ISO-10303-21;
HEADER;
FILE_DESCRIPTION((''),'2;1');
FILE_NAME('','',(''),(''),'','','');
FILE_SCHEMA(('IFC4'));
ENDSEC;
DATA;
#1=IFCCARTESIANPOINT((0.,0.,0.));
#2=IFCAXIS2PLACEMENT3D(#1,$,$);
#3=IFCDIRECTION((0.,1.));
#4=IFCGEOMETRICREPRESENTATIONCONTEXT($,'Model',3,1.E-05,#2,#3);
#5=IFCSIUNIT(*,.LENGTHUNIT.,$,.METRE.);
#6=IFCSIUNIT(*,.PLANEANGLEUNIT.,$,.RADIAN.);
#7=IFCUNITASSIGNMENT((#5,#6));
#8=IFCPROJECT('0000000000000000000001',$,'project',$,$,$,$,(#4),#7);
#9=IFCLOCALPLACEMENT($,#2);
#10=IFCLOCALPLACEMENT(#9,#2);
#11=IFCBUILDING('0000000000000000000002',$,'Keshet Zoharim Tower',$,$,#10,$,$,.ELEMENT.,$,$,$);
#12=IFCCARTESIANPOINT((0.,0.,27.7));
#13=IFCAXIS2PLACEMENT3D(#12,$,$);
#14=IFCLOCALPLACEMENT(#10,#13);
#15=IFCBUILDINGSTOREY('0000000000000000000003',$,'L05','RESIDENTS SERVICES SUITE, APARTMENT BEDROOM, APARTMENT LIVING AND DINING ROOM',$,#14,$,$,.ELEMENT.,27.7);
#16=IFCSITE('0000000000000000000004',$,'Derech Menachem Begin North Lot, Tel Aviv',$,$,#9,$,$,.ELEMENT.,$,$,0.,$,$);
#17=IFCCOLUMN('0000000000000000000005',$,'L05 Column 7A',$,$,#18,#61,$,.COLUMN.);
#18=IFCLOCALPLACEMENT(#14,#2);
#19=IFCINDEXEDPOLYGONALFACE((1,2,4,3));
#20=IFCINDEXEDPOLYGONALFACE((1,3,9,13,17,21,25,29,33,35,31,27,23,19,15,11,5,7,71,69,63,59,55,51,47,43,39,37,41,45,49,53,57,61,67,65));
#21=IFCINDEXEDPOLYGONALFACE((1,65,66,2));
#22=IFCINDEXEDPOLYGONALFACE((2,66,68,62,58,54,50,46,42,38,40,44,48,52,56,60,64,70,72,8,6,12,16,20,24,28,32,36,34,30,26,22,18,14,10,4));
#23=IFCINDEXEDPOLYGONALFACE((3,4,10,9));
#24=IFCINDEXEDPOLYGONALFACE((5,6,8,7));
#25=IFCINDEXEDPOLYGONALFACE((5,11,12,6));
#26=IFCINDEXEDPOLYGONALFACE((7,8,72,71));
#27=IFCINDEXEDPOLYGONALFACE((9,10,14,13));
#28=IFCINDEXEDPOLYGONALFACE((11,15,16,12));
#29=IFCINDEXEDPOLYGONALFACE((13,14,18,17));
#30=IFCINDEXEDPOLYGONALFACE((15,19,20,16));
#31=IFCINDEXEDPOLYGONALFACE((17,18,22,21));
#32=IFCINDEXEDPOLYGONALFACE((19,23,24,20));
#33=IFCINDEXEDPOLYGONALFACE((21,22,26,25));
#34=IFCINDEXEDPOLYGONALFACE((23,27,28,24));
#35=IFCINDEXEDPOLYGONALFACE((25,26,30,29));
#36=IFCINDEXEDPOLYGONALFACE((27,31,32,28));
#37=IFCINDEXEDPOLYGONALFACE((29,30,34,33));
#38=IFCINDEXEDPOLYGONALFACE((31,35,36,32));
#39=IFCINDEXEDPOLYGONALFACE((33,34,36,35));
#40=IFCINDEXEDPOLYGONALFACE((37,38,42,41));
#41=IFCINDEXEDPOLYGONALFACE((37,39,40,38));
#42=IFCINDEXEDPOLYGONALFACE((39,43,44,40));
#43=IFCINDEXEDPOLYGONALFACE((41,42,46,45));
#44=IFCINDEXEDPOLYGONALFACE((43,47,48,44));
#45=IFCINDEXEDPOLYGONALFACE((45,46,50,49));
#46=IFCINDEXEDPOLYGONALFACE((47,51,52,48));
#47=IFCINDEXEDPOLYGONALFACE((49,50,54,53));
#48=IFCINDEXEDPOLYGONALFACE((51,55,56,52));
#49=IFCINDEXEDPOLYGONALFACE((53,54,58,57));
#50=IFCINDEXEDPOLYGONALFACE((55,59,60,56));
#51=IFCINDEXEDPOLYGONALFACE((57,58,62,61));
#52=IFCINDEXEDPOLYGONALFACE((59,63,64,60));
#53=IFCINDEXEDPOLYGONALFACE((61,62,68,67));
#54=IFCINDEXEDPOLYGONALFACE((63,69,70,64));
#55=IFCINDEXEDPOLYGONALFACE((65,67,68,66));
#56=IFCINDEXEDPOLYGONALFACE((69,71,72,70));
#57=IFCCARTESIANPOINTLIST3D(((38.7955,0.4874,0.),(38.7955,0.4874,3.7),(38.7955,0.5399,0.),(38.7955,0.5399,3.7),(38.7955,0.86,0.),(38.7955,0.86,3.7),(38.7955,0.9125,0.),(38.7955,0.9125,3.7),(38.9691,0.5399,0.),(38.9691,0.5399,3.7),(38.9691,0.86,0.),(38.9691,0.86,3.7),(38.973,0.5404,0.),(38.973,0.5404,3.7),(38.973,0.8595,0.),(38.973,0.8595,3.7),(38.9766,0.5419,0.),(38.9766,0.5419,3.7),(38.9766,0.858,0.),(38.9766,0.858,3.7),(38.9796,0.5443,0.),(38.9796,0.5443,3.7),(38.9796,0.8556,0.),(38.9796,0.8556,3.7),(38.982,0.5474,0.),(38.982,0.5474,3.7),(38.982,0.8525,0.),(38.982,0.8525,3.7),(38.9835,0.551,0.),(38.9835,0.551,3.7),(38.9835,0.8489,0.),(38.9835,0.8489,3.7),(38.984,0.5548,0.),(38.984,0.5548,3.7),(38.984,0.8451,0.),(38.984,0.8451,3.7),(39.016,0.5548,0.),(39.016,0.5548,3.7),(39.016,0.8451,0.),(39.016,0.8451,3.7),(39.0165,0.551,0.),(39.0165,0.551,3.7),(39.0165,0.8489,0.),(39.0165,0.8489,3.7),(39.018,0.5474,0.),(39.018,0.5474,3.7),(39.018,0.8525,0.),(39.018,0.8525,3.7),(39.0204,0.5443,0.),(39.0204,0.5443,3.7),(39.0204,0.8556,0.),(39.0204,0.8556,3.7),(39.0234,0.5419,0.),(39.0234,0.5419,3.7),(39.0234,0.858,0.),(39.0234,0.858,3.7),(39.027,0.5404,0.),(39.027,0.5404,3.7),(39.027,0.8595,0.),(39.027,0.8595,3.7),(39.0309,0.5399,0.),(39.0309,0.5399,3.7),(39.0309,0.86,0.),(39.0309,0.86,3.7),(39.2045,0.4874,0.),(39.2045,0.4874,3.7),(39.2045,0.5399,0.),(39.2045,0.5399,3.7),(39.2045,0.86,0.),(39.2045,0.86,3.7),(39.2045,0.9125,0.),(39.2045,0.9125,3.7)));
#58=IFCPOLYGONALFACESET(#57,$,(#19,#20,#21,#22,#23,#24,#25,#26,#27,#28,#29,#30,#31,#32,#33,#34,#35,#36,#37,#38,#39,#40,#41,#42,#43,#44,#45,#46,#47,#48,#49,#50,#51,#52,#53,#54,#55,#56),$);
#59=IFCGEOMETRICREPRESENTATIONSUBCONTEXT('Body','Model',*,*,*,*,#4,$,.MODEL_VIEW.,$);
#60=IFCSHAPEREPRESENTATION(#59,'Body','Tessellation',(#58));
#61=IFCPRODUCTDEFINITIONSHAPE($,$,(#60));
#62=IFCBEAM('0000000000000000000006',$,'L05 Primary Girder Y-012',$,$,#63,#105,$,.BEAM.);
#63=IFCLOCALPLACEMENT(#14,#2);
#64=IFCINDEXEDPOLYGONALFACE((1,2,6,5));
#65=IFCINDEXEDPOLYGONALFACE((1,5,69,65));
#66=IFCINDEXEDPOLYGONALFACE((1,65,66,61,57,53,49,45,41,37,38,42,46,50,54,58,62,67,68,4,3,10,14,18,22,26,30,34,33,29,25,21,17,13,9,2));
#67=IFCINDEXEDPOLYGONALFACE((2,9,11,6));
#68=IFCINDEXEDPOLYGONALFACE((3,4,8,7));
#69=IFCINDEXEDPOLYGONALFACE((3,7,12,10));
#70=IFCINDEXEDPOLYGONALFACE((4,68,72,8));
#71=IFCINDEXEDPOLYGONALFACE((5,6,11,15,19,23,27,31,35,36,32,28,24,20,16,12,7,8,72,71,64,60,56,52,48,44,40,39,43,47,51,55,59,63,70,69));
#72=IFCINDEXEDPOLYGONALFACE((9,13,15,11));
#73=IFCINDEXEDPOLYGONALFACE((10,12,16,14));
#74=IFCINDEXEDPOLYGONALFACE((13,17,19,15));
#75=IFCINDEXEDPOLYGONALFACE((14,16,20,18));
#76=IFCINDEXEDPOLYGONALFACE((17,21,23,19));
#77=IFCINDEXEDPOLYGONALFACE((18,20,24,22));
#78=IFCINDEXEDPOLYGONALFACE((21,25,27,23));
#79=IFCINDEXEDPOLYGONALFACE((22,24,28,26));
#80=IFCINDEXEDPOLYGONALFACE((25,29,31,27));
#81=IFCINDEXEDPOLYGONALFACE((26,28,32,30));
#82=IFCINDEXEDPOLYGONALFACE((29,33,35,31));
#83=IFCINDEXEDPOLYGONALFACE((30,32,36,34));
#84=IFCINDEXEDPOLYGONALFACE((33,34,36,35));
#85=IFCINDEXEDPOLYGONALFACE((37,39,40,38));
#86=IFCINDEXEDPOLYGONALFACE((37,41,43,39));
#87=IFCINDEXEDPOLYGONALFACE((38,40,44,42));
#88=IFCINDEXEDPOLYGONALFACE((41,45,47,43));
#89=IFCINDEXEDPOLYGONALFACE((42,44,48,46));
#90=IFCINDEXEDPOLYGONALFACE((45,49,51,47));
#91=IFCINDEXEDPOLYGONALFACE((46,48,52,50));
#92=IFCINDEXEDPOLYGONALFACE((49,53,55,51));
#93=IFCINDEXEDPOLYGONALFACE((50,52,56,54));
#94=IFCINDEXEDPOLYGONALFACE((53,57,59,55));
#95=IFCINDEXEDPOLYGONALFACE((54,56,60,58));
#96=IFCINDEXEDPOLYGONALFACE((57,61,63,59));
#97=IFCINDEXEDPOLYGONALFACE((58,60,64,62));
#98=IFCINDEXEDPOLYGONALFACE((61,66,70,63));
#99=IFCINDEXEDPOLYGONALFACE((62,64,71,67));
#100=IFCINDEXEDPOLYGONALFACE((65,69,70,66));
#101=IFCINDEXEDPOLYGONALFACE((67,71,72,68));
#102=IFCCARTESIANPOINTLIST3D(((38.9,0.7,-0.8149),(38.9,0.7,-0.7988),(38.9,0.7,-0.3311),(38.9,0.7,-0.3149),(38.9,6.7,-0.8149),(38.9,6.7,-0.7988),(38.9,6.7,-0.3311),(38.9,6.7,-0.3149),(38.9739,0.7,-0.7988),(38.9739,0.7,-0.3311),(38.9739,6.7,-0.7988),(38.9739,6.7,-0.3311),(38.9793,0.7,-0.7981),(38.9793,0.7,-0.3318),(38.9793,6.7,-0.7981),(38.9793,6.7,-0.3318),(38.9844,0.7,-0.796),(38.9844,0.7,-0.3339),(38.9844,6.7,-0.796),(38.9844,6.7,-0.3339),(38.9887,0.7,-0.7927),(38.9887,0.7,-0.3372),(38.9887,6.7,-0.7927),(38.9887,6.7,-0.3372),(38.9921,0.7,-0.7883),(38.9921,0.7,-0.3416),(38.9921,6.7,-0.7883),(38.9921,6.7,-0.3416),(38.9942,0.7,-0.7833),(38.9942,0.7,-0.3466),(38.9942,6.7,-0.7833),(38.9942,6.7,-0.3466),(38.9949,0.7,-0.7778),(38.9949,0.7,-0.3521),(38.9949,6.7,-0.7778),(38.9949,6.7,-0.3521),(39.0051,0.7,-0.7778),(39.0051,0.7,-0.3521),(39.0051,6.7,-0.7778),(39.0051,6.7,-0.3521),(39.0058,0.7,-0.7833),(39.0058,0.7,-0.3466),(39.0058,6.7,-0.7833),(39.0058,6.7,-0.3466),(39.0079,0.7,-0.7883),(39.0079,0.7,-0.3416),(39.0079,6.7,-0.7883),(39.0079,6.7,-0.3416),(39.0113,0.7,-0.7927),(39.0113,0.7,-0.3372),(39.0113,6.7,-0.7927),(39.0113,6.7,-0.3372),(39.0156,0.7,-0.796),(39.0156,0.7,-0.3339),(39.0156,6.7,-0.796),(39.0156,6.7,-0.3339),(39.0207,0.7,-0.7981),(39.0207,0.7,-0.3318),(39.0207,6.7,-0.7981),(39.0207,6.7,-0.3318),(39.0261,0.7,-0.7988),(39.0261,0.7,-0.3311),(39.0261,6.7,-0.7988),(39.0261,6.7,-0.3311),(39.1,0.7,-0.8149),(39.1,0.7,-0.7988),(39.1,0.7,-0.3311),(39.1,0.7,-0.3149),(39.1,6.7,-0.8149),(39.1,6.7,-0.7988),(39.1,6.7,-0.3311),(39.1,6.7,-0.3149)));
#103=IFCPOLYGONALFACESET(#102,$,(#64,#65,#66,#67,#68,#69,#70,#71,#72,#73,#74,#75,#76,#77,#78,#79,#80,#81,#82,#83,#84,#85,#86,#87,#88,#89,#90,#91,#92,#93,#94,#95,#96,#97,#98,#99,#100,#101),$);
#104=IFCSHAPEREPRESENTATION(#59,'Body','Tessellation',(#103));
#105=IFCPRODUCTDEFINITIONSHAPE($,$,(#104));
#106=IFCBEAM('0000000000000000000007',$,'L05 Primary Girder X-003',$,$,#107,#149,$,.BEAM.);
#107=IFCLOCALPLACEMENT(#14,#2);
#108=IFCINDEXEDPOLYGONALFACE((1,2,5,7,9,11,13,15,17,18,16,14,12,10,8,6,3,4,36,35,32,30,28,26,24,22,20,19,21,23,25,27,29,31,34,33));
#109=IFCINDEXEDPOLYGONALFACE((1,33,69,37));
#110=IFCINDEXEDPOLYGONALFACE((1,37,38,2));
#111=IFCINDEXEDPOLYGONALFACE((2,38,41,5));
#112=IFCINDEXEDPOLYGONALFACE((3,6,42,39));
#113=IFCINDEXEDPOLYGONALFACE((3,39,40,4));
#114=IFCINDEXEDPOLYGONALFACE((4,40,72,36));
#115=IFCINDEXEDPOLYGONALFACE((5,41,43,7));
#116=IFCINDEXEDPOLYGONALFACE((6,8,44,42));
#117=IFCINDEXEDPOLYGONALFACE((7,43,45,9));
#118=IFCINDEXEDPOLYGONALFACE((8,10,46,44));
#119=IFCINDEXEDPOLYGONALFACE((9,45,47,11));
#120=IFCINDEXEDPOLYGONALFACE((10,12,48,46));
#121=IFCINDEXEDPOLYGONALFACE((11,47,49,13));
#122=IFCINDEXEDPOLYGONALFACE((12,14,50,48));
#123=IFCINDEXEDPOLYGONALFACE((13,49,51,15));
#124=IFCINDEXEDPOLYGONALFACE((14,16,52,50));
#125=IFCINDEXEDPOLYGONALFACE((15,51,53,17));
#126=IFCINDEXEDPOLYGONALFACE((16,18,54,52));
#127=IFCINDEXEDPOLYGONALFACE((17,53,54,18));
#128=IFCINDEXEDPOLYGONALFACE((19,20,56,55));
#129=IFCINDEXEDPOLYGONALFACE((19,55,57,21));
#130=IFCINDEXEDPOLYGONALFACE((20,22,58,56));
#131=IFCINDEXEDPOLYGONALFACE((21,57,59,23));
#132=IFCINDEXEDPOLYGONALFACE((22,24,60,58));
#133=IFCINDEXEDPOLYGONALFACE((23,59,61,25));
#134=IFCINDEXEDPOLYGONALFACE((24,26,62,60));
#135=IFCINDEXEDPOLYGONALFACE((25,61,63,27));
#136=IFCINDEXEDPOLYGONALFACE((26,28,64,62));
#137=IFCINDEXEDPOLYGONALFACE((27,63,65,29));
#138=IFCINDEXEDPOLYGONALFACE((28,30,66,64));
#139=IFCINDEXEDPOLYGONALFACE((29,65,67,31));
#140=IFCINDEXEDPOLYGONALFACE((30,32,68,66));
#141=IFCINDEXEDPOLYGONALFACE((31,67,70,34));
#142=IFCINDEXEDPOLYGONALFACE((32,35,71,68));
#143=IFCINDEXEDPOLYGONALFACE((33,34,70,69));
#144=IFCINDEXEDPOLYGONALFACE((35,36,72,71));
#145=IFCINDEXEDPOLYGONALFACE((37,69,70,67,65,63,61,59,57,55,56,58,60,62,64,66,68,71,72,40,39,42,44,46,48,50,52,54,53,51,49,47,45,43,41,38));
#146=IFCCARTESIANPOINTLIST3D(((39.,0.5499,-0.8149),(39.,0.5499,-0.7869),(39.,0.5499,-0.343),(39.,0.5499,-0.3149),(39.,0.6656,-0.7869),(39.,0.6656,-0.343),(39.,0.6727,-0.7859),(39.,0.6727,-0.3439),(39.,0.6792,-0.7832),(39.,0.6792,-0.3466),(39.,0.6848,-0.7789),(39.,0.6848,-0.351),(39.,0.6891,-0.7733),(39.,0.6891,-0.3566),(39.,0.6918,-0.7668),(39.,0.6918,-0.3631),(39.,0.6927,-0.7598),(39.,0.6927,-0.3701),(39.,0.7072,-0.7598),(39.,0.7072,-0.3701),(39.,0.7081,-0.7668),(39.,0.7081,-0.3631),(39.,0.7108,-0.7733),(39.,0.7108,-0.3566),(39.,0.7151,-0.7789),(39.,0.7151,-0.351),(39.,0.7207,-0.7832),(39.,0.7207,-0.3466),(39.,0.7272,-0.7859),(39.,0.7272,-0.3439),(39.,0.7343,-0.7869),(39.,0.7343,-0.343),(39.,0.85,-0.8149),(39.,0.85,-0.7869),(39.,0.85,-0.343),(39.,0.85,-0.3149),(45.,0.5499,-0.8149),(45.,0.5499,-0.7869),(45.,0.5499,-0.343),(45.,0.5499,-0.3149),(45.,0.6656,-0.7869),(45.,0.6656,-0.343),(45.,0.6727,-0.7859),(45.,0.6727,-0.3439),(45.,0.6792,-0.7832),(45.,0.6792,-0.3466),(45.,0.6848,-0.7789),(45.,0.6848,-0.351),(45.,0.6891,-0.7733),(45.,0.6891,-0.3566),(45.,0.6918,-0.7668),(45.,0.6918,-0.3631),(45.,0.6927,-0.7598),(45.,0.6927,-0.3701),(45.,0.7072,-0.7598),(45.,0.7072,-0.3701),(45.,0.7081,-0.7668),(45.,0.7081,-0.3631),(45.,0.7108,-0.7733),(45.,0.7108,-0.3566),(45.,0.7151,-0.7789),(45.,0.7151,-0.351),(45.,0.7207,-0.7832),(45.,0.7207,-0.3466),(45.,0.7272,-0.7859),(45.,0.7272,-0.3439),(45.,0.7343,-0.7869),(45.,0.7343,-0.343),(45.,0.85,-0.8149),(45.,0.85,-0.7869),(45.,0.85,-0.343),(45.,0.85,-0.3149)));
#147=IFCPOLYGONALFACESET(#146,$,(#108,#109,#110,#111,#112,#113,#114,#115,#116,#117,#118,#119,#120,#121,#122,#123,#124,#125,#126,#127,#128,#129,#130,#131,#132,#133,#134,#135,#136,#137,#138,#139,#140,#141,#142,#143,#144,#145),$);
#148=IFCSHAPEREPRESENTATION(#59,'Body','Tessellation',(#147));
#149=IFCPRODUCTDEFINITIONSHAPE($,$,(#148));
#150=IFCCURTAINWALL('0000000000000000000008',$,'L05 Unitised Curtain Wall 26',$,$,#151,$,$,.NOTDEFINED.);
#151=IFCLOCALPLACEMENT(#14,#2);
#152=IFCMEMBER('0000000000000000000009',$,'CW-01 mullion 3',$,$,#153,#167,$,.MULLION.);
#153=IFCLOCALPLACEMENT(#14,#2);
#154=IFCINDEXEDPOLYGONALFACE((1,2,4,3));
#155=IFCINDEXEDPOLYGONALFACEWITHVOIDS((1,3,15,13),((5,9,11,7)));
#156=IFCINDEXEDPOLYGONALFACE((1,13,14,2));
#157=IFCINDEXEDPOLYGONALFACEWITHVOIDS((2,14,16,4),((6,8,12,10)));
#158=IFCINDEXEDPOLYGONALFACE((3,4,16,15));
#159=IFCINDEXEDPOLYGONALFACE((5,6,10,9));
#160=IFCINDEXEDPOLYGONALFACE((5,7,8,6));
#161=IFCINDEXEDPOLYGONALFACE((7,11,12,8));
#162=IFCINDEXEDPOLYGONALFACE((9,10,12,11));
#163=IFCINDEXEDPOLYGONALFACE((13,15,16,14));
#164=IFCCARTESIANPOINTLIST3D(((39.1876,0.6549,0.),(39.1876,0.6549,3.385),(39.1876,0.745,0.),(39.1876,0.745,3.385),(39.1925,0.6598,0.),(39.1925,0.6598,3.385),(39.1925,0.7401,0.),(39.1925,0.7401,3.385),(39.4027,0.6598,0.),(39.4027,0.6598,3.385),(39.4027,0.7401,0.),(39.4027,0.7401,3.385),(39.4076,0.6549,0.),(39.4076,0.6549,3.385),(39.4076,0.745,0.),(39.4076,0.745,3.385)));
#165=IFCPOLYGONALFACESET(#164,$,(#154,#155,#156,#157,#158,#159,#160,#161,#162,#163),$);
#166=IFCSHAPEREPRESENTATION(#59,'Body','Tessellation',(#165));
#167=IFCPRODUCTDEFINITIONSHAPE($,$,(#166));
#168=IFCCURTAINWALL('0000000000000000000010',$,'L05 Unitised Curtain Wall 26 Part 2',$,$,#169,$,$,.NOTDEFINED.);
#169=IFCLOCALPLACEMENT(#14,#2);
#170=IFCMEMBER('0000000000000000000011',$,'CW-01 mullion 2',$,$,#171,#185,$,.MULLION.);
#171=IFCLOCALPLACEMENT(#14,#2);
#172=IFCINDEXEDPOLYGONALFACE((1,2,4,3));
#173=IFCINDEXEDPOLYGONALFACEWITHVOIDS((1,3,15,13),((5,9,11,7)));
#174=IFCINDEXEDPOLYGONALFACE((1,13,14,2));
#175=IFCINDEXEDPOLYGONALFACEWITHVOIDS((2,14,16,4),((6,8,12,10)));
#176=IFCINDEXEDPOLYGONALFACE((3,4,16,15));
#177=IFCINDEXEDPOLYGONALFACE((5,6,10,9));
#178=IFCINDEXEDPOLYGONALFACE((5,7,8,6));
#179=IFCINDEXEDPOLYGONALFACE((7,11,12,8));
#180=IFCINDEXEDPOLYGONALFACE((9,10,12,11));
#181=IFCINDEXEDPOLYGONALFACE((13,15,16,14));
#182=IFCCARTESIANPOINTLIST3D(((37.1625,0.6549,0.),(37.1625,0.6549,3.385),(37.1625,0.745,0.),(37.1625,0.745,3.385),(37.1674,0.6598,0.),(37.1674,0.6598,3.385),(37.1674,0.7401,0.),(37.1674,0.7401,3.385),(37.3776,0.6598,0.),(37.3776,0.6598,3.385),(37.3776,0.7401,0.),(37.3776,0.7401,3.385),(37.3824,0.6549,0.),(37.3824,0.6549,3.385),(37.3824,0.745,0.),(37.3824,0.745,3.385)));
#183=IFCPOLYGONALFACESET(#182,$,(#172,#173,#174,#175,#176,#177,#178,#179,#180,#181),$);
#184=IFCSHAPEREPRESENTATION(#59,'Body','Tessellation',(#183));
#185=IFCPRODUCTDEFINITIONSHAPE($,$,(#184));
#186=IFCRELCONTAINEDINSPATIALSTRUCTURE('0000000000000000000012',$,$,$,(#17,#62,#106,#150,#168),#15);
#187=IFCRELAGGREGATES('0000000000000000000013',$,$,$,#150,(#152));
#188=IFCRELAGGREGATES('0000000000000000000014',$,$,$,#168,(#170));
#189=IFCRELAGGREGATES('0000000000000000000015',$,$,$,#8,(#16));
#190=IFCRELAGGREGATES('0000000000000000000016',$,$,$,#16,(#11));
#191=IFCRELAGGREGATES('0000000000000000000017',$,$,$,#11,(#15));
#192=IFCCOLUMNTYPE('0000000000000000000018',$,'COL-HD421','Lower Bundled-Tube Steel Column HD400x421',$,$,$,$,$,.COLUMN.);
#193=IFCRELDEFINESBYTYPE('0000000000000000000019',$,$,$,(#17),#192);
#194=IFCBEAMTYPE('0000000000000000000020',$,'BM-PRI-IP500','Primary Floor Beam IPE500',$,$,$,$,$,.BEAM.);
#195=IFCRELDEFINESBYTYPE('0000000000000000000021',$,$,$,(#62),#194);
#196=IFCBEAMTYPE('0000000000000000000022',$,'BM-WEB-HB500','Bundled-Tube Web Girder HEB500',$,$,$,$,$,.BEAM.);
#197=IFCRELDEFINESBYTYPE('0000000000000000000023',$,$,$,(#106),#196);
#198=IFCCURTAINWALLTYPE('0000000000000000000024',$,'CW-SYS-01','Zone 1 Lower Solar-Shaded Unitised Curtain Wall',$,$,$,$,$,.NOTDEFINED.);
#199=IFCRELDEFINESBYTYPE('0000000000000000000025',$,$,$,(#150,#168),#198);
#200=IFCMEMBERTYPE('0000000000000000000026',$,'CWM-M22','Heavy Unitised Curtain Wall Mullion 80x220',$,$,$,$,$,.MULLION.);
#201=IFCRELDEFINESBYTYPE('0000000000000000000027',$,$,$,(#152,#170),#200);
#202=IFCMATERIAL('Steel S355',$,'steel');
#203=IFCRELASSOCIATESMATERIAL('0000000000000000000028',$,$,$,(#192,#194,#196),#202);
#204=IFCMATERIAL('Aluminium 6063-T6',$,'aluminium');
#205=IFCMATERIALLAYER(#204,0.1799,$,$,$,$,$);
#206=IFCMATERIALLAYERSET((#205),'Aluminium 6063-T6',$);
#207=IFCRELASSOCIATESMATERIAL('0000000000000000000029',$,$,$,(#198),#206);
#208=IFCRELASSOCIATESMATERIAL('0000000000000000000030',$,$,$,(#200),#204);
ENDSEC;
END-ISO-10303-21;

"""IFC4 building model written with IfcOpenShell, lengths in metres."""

from ifc_helpers import new_model, si_unit, direction, frame, origin, origin_2d, place, context, subcontext, project, spatial, hollow_rectangle, i_section, extrude, material, layer, layer_set, material_profile, profile_set, type_object, element, aggregate, save


model = new_model("IFC4")

# Units and contexts
model_context = context("Model", 3, precision=1e-05, world=origin(), true_north=direction((0.0, 1.0)))
body_context = subcontext(model_context, "Body", "Model", "MODEL_VIEW")
ifc_project = project(units=[si_unit("LENGTHUNIT", "METRE"), si_unit("PLANEANGLEUNIT", "RADIAN")], contexts=[model_context])

# Site, building, storey
site_placement = place(None, origin())
site = spatial("IfcSite", under=ifc_project, at=site_placement, Name="Derech Menachem Begin North Lot, Tel Aviv", CompositionType="ELEMENT", RefElevation=0.0)
building_placement = place(site_placement, origin())
building = spatial("IfcBuilding", under=site, at=building_placement, Name="Keshet Zoharim Tower", CompositionType="ELEMENT")
storey_placement = place(building_placement, frame((0.0, 0.0, 27.7)))
storey = spatial("IfcBuildingStorey", under=building, at=storey_placement, Name="L05", Description="RESIDENTS SERVICES SUITE, APARTMENT BEDROOM, APARTMENT LIVING AND DINING ROOM", CompositionType="ELEMENT", Elevation=27.7)

# Column
ifc_material_1 = material(Name="Steel S355", Category="steel")
ifc_material_profile_1 = material_profile(ifc_material_1, i_section(OverallWidth=0.4089, OverallDepth=0.425, WebThickness=0.032, FlangeThickness=0.0525, FilletRadius=0.0149, at=origin_2d()), Name="HD400x421")
ifc_profile_set_1 = profile_set([ifc_material_profile_1], Name="Steel S355")
column_type = type_object("IfcColumnType", Name="COL-HD421", Description="Lower Bundled-Tube Steel Column HD400x421", PredefinedType="COLUMN", material=ifc_profile_set_1)
column_placement = place(storey_placement, frame((39.0, 0.7, 0.0), z_axis=(0.0, 0.0, 1.0), x_axis=(1.0, 0.0, 0.0)))
element("IfcColumn", 1, at=column_placement, inside=storey, type_object=column_type, Name="L05 Column 7A", PredefinedType="COLUMN", context=body_context, shape_type="SweptSolid", body=[
    extrude(i_section(OverallWidth=0.4089, OverallDepth=0.425, WebThickness=0.032, FlangeThickness=0.0525, FilletRadius=0.0149, at=origin_2d()), origin(), (0.0, 0.0, 1.0), 3.7),
])

# Beams
ifc_material_profile_2 = material_profile(ifc_material_1, i_section(OverallWidth=0.2, OverallDepth=0.5, WebThickness=0.0103, FlangeThickness=0.0161, FilletRadius=0.021, at=origin_2d()), Name="IPE500")
ifc_profile_set_2 = profile_set([ifc_material_profile_2], Name="Steel S355")
beam_type_1 = type_object("IfcBeamType", Name="BM-PRI-IP500", Description="Primary Floor Beam IPE500", PredefinedType="BEAM", material=ifc_profile_set_2)
beam_1_placement = place(storey_placement, frame((39.0, 0.7, -0.5649), z_axis=(0.0, 1.0, 0.0), x_axis=(-1.0, 0.0, 0.0)))
element("IfcBeam", 2, at=beam_1_placement, inside=storey, type_object=beam_type_1, Name="L05 Primary Girder Y-012", PredefinedType="BEAM", context=body_context, shape_type="SweptSolid", body=[
    extrude(i_section(OverallWidth=0.2, OverallDepth=0.5, WebThickness=0.0103, FlangeThickness=0.0161, FilletRadius=0.021, at=origin_2d()), origin(), (0.0, 0.0, 1.0), 6.0),
])
ifc_material_profile_3 = material_profile(ifc_material_1, i_section(OverallWidth=0.3, OverallDepth=0.5, WebThickness=0.0144, FlangeThickness=0.0281, FilletRadius=0.0271, at=origin_2d()), Name="HEB500")
ifc_profile_set_3 = profile_set([ifc_material_profile_3], Name="Steel S355")
beam_type_2 = type_object("IfcBeamType", Name="BM-WEB-HB500", Description="Bundled-Tube Web Girder HEB500", PredefinedType="BEAM", material=ifc_profile_set_3)
beam_2_placement = place(storey_placement, frame((39.0, 0.7, -0.5649), z_axis=(1.0, 0.0, 0.0), x_axis=(0.0, 1.0, 0.0)))
element("IfcBeam", 3, at=beam_2_placement, inside=storey, type_object=beam_type_2, Name="L05 Primary Girder X-003", PredefinedType="BEAM", context=body_context, shape_type="SweptSolid", body=[
    extrude(i_section(OverallWidth=0.3, OverallDepth=0.5, WebThickness=0.0144, FlangeThickness=0.0281, FilletRadius=0.0271, at=origin_2d()), origin(), (0.0, 0.0, 1.0), 6.0),
])

# Curtain walls, members
ifc_material_2 = material(Name="Aluminium 6063-T6", Category="aluminium")
ifc_layer_1 = layer(ifc_material_2, 0.1799)
ifc_layer_set_1 = layer_set([ifc_layer_1], Name="Aluminium 6063-T6")
curtain_wall_type = type_object("IfcCurtainWallType", Name="CW-SYS-01", Description="Zone 1 Lower Solar-Shaded Unitised Curtain Wall", PredefinedType="NOTDEFINED", material=ifc_layer_set_1)
curtain_wall_1_placement = place(storey_placement, origin())
curtain_wall_1 = element("IfcCurtainWall", 4, at=curtain_wall_1_placement, inside=storey, type_object=curtain_wall_type, Name="L05 Unitised Curtain Wall 26", PredefinedType="NOTDEFINED")
ifc_material_profile_4 = material_profile(ifc_material_2, hollow_rectangle(XDim=0.0901, YDim=0.22, WallThickness=0.0049, at=origin_2d()), Name="MUL-90x220")
ifc_profile_set_4 = profile_set([ifc_material_profile_4], Name="Aluminium 6063-T6")
member_type_1 = type_object("IfcMemberType", Name="CWM-M22", Description="Heavy Unitised Curtain Wall Mullion 80x220", PredefinedType="MULLION", material=ifc_profile_set_4)
member_1_placement = place(storey_placement, frame((39.2976, 0.7, 0.0), z_axis=(0.0, 0.0, 1.0), x_axis=(0.0, -1.0, 0.0)))
member_1 = element("IfcMember", 5, at=member_1_placement, type_object=member_type_1, Name="CW-01 mullion 3", PredefinedType="MULLION", context=body_context, shape_type="SweptSolid", body=[
    extrude(hollow_rectangle(XDim=0.0901, YDim=0.22, WallThickness=0.0049, at=origin_2d()), origin(), (0.0, 0.0, 1.0), 3.385),
])
curtain_wall_2_placement = place(storey_placement, origin())
curtain_wall_2 = element("IfcCurtainWall", 6, at=curtain_wall_2_placement, inside=storey, type_object=curtain_wall_type, Name="L05 Unitised Curtain Wall 26 Part 2", PredefinedType="NOTDEFINED")
member_2_placement = place(storey_placement, frame((37.2725, 0.7, 0.0), z_axis=(0.0, 0.0, 1.0), x_axis=(0.0, -1.0, 0.0)))
member_2 = element("IfcMember", 7, at=member_2_placement, type_object=member_type_1, Name="CW-01 mullion 2", PredefinedType="MULLION", context=body_context, shape_type="SweptSolid", body=[
    extrude(hollow_rectangle(XDim=0.0901, YDim=0.22, WallThickness=0.0049, at=origin_2d()), origin(), (0.0, 0.0, 1.0), 3.385),
])

aggregate(curtain_wall_1, [member_1])
aggregate(curtain_wall_2, [member_2])

save(model, "model.ifc")
